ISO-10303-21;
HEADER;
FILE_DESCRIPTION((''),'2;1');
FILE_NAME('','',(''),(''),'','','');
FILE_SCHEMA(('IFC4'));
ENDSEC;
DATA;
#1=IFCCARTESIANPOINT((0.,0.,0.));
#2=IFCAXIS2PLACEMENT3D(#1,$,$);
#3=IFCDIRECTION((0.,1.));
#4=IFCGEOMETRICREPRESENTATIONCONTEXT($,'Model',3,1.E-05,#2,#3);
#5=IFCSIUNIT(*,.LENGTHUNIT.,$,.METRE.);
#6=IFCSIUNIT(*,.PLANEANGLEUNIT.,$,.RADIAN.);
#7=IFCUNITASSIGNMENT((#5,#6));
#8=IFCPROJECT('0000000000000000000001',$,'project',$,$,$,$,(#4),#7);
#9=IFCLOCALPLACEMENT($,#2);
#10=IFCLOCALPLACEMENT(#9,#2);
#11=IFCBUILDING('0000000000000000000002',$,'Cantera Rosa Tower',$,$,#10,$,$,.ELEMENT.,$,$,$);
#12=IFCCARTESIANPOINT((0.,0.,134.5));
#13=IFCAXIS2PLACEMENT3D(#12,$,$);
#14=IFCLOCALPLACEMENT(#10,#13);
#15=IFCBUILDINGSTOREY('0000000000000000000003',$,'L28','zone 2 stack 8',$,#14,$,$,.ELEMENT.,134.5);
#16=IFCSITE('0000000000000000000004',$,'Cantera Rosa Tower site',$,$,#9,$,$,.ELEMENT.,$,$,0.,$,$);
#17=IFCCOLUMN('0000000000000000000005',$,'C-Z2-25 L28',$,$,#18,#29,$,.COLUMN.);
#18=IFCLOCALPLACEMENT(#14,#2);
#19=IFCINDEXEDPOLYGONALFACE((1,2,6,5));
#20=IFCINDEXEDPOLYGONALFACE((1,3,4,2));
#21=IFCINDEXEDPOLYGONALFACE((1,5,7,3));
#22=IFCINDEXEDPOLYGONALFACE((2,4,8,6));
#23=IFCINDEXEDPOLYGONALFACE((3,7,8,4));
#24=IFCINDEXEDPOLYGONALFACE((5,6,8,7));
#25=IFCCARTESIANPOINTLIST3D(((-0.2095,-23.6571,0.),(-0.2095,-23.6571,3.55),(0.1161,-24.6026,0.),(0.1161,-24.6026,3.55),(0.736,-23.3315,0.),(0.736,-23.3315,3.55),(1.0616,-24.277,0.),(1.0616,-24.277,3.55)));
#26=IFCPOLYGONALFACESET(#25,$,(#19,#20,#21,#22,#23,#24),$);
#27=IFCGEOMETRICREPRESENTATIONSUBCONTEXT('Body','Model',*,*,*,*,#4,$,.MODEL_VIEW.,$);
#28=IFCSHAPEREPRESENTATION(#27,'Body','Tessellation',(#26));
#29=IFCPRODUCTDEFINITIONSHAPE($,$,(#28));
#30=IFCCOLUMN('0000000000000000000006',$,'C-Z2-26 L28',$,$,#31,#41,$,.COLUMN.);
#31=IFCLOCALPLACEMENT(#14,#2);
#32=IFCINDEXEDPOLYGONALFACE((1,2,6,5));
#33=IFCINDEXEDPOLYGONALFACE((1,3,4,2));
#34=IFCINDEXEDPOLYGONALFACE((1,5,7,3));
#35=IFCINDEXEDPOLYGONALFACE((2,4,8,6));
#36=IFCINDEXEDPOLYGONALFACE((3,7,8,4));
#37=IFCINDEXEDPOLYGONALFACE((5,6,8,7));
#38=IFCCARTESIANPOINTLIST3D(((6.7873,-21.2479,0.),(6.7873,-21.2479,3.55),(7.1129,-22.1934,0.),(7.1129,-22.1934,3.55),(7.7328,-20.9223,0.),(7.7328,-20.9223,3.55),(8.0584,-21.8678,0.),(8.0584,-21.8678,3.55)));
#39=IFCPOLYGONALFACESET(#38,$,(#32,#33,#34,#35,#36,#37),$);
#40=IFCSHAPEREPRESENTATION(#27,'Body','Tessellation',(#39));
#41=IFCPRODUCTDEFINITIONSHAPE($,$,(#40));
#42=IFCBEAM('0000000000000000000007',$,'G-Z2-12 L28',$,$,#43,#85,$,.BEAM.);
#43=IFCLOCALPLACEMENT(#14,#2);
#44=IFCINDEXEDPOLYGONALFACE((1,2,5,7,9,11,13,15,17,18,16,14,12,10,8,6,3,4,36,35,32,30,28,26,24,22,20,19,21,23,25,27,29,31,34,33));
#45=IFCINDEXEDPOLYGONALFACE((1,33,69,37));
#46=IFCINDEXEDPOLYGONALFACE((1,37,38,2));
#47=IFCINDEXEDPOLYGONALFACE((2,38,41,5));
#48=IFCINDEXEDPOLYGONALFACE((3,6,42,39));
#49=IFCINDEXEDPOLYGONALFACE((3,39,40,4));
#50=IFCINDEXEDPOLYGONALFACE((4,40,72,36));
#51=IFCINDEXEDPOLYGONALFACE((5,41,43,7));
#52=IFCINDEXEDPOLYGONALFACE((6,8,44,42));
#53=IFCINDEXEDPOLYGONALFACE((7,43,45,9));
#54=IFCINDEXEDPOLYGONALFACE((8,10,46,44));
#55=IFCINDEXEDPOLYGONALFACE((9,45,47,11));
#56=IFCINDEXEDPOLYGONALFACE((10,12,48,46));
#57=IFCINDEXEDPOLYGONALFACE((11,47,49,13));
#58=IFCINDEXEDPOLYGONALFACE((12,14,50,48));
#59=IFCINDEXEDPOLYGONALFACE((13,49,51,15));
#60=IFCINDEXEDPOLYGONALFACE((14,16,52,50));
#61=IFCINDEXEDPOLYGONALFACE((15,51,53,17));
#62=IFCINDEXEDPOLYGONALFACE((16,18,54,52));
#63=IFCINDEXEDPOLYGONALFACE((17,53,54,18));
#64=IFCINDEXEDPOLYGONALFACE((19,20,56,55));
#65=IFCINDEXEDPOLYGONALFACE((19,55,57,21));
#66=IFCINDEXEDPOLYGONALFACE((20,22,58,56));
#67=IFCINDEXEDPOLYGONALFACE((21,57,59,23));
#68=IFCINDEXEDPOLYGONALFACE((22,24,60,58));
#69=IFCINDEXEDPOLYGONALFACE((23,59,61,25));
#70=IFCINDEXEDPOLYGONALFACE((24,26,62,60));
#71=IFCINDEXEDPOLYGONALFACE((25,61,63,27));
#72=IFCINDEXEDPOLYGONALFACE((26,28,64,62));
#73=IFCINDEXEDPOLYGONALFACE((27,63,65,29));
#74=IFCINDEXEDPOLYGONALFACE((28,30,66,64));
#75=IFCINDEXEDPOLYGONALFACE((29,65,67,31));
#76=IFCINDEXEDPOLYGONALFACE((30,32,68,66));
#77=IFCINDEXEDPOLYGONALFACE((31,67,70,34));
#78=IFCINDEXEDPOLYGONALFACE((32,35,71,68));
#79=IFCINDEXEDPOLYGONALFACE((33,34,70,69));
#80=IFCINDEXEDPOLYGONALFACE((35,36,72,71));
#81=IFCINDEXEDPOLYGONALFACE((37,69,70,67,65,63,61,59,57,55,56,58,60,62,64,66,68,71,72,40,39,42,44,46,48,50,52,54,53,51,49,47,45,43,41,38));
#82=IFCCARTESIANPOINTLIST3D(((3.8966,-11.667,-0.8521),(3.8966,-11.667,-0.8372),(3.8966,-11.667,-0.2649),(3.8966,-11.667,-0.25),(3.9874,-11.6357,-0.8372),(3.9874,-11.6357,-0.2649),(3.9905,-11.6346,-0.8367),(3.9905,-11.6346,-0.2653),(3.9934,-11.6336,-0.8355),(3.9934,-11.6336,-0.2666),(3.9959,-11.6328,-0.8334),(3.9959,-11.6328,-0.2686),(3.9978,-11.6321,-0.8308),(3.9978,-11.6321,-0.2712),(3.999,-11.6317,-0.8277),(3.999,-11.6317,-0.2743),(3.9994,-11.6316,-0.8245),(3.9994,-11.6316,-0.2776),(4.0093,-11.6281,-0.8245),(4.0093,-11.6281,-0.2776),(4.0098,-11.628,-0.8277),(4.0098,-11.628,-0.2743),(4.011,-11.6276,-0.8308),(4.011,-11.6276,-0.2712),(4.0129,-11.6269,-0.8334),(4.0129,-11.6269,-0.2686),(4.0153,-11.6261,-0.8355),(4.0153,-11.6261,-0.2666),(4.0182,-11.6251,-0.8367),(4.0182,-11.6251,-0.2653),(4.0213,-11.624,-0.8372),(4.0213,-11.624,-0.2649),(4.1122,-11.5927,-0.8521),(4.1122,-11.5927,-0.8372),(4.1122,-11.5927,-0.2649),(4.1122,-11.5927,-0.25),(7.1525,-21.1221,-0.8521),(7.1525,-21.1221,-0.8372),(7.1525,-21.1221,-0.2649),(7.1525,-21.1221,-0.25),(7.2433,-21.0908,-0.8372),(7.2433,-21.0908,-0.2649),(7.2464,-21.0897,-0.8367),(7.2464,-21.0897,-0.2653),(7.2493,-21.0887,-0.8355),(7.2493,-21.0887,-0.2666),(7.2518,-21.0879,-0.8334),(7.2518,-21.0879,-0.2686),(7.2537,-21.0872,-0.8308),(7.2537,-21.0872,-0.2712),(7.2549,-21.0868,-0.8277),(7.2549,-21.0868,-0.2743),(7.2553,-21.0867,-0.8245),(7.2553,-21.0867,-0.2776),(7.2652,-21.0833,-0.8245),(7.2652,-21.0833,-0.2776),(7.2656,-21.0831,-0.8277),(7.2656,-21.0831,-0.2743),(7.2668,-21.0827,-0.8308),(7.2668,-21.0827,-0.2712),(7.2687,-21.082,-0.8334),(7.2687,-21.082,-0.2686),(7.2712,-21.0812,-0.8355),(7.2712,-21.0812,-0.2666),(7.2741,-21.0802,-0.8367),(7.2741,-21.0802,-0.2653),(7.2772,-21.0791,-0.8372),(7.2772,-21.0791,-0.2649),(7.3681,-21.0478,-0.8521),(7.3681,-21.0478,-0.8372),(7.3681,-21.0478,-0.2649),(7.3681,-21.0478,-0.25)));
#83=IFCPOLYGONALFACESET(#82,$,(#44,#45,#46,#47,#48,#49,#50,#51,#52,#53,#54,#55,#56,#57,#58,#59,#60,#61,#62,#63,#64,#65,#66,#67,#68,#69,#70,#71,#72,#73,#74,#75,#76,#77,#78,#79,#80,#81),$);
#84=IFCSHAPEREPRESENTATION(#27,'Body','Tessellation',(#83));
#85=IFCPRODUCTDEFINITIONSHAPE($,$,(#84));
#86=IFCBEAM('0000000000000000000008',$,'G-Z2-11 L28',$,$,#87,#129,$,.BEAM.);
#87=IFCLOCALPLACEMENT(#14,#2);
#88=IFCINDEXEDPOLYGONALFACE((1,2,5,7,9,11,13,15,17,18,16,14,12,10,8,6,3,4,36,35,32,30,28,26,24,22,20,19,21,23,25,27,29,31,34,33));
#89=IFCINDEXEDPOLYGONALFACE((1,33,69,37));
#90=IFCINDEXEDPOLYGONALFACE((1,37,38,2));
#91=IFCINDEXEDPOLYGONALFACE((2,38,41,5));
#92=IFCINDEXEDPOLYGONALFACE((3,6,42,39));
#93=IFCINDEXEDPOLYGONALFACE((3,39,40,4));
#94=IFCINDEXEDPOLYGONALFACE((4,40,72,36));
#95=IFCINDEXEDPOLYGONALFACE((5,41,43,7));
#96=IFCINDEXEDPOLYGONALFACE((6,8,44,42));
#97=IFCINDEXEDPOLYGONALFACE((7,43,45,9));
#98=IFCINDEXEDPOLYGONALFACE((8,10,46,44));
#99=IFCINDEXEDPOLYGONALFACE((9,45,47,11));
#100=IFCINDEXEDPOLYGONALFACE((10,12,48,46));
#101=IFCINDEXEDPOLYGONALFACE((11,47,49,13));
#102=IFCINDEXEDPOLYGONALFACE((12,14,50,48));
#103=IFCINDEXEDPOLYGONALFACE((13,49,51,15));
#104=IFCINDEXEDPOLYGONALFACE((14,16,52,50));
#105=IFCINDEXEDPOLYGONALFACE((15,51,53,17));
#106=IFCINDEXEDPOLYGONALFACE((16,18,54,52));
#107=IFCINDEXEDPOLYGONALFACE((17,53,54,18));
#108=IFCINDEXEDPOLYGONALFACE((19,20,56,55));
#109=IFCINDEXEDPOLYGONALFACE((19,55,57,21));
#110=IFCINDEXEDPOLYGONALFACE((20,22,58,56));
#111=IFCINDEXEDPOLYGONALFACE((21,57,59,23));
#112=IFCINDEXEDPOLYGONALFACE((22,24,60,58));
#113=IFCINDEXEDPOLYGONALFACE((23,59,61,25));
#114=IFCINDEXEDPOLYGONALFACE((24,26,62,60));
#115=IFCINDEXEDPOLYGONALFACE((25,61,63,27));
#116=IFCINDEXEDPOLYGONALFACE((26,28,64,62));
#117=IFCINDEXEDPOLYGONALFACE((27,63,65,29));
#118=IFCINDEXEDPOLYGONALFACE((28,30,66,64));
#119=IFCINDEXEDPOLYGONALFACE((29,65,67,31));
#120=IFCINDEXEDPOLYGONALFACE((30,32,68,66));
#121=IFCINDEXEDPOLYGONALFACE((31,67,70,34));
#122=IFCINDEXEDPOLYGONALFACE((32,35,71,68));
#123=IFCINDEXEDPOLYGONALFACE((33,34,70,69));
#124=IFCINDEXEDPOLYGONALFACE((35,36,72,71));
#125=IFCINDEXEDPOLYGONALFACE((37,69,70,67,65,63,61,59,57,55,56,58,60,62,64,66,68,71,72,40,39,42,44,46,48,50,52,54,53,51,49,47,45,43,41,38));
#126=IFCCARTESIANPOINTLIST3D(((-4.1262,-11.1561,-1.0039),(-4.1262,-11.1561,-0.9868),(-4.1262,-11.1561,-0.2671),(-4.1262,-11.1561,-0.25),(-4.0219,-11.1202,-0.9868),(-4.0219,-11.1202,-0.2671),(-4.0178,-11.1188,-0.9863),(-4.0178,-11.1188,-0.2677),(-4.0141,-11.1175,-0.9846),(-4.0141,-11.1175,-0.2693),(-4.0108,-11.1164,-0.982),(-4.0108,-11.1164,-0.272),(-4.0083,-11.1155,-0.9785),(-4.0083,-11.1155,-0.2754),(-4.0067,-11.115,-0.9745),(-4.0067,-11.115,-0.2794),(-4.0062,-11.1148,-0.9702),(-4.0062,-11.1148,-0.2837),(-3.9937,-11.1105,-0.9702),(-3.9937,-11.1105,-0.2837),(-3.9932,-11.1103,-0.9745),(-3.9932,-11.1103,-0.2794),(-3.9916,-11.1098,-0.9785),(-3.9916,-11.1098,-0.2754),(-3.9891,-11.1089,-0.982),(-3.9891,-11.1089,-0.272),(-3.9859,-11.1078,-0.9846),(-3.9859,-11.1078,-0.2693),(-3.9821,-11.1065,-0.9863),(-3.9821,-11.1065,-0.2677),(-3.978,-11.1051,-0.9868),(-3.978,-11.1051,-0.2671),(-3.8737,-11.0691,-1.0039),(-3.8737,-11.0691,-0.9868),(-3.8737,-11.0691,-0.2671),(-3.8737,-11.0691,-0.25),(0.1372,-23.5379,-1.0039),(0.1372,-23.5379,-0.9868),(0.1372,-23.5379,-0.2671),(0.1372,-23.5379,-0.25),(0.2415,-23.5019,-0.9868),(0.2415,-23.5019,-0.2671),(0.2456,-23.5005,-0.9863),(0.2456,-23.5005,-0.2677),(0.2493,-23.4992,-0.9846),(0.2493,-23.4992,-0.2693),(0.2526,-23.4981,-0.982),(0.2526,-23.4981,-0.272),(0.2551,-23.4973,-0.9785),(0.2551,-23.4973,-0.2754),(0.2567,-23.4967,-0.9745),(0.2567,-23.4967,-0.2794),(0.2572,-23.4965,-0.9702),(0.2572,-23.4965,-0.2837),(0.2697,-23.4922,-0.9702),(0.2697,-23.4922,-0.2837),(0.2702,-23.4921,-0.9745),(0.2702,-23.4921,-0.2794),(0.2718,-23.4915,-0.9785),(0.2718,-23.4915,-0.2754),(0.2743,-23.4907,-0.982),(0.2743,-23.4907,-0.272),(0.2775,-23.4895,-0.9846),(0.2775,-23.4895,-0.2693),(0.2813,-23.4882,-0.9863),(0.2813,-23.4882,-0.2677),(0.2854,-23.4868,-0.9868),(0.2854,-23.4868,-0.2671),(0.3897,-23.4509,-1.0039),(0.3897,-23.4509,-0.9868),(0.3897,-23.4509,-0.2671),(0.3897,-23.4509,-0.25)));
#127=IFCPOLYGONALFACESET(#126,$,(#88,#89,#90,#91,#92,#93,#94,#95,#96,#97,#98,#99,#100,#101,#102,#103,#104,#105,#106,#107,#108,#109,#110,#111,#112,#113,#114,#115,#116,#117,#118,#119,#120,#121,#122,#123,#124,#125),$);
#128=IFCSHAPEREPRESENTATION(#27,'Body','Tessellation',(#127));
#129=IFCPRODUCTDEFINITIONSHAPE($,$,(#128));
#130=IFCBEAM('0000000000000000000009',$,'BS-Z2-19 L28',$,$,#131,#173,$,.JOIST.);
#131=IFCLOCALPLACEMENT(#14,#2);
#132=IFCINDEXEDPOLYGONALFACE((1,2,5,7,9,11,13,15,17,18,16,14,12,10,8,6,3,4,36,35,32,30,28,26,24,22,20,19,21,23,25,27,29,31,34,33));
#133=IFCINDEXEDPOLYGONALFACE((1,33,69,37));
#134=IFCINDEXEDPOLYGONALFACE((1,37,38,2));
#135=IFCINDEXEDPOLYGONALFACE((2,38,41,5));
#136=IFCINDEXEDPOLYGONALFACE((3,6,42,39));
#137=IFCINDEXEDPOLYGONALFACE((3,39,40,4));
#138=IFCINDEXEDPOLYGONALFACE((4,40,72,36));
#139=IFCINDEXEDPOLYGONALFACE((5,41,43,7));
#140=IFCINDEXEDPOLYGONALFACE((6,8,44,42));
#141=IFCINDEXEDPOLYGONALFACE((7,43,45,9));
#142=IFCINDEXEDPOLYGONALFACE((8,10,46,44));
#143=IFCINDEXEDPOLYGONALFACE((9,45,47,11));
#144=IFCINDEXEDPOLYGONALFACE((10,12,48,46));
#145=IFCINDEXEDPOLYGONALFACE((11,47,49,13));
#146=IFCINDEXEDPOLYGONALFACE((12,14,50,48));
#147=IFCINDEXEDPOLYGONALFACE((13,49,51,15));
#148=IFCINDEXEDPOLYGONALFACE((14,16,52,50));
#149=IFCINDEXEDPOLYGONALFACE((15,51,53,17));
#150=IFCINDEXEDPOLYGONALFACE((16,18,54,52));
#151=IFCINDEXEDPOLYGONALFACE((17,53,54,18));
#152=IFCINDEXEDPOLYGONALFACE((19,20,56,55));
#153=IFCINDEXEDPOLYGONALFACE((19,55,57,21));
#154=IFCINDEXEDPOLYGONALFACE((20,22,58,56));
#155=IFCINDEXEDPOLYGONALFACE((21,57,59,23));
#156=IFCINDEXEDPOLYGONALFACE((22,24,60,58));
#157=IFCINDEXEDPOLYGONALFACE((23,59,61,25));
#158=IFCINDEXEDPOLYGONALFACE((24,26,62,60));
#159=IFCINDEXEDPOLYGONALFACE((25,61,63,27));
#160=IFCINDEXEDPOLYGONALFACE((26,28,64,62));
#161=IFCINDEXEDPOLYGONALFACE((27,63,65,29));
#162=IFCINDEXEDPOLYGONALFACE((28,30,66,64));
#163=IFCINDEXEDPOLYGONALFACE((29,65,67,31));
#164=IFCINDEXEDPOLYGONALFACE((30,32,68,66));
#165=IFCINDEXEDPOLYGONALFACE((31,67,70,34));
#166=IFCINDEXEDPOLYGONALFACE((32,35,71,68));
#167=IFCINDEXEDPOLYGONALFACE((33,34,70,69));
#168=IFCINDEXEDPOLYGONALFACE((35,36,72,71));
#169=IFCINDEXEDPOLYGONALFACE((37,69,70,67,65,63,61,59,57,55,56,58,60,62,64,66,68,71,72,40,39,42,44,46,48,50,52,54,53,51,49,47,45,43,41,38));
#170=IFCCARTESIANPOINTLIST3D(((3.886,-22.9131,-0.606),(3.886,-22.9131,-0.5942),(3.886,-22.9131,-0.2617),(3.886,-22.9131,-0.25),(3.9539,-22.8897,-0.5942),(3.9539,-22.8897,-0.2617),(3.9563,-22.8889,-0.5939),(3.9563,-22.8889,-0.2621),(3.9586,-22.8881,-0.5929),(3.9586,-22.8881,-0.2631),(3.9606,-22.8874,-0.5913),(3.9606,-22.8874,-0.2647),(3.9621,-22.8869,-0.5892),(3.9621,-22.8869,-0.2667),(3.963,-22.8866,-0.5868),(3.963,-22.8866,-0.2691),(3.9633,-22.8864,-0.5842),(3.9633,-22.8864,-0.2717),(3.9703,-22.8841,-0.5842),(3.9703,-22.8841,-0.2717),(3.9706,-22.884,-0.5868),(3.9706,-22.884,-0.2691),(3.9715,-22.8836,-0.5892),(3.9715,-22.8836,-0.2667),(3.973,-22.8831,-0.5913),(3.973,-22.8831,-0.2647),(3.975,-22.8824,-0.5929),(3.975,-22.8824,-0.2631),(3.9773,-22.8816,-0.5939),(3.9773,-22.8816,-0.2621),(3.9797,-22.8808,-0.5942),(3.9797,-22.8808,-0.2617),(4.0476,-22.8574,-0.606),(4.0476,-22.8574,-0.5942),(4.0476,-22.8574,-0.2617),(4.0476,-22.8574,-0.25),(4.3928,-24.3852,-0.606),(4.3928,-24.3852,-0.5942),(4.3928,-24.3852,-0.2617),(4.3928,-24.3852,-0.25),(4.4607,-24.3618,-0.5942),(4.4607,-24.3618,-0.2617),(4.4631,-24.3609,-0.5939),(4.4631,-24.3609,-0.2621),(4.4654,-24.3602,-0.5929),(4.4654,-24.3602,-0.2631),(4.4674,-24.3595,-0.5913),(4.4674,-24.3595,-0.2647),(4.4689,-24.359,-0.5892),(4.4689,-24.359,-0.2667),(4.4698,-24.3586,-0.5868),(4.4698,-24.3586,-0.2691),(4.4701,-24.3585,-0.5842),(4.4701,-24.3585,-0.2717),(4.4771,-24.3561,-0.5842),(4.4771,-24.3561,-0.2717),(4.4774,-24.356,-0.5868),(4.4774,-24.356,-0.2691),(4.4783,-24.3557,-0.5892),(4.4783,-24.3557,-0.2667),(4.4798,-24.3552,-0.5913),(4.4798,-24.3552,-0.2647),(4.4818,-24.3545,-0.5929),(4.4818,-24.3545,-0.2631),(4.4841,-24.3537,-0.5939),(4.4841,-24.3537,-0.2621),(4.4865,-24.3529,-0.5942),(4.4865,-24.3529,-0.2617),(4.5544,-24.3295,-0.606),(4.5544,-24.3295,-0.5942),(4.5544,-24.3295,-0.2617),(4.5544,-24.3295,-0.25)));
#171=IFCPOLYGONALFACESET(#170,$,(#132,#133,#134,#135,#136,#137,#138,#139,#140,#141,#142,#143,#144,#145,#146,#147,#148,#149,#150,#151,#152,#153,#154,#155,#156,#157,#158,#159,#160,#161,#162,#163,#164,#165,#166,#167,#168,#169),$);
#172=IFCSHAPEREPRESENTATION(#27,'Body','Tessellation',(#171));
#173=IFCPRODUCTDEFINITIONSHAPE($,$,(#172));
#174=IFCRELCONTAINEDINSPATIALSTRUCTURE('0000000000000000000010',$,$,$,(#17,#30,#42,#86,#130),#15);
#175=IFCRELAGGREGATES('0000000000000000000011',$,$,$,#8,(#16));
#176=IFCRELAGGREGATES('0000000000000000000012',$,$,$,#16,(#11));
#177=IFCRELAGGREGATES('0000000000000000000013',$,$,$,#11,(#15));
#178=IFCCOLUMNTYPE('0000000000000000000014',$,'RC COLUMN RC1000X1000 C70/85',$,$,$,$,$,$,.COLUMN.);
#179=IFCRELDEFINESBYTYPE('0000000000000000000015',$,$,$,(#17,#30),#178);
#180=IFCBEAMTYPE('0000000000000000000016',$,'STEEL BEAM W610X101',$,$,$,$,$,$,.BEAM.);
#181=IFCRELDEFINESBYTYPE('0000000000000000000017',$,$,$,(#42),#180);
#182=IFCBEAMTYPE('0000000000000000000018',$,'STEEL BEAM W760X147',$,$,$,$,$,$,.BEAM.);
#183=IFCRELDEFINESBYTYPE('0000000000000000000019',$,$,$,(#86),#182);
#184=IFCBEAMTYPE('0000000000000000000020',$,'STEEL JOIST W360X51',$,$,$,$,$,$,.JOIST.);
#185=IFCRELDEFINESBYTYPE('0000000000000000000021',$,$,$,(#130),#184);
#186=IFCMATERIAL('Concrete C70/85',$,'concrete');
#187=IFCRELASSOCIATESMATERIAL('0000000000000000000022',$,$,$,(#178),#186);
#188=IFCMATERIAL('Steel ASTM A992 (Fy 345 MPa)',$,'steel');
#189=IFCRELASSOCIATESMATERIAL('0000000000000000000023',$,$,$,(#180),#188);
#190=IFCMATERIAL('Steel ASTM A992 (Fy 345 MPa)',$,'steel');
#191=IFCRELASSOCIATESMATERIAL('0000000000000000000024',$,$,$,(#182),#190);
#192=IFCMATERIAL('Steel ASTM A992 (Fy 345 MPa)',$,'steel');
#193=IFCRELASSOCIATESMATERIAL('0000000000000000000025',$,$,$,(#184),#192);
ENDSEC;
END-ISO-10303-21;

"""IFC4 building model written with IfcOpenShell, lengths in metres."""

from ifc_helpers import new_model, si_unit, direction, frame, origin, origin_2d, place, context, subcontext, project, spatial, rectangle, i_section, extrude, material, material_profile, profile_set, type_object, element, save


model = new_model("IFC4")

# Units and contexts
model_context = context("Model", 3, precision=1e-05, world=origin(), true_north=direction((0.0, 1.0)))
body_context = subcontext(model_context, "Body", "Model", "MODEL_VIEW")
ifc_project = project(units=[si_unit("LENGTHUNIT", "METRE"), si_unit("PLANEANGLEUNIT", "RADIAN")], contexts=[model_context])

# Site, building, storey
site_placement = place(None, origin())
site = spatial("IfcSite", under=ifc_project, at=site_placement, Name="Cantera Rosa Tower site", CompositionType="ELEMENT", RefElevation=0.0)
building_placement = place(site_placement, origin())
building = spatial("IfcBuilding", under=site, at=building_placement, Name="Cantera Rosa Tower", CompositionType="ELEMENT")
storey_placement = place(building_placement, frame((0.0, 0.0, 134.5)))
storey = spatial("IfcBuildingStorey", under=building, at=storey_placement, Name="L28", Description="zone 2 stack 8", CompositionType="ELEMENT", Elevation=134.5)

# Columns
ifc_material_1 = material(Name="Concrete C70/85", Category="concrete")
ifc_material_profile_1 = material_profile(ifc_material_1, rectangle(XDim=1.0, YDim=1.0, at=origin_2d()), Name="RC COLUMN RC1000X1000 C70/85")
ifc_profile_set_1 = profile_set([ifc_material_profile_1], Name="Concrete C70/85")
column_type = type_object("IfcColumnType", Name="RC COLUMN RC1000X1000 C70/85", PredefinedType="COLUMN", material=ifc_profile_set_1)
for number, where, z_axis, x_axis, name in (
    (1, (0.426, -23.967, 0.0), (0.0, 0.0, 1.0), (0.945519, 0.325568, 0.0), "C-Z2-25 L28"),
    (2, (7.4229, -21.5579, 0.0), (0.0, 0.0, 1.0), (0.945519, 0.325568, 0.0), "C-Z2-26 L28"),
):
    element("IfcColumn", number, at=place(storey_placement, frame(where, z_axis=z_axis, x_axis=x_axis)), inside=storey, type_object=column_type, Name=name, PredefinedType="COLUMN", context=body_context, shape_type="SweptSolid", body=[
        extrude(rectangle(XDim=1.0, YDim=1.0, at=origin_2d()), origin(), (0.0, 0.0, 1.0), 3.55),
    ])

# Beams
ifc_material_2 = material(Name="Steel ASTM A992 (Fy 345 MPa)", Category="steel")
ifc_material_profile_2 = material_profile(ifc_material_2, i_section(OverallWidth=0.228, OverallDepth=0.6021, WebThickness=0.0105, FlangeThickness=0.0149, FilletRadius=0.0127, at=origin_2d()), Name="W610X101")
ifc_profile_set_2 = profile_set([ifc_material_profile_2], Name="Steel ASTM A992 (Fy 345 MPa)")
beam_type_1 = type_object("IfcBeamType", Name="STEEL BEAM W610X101", PredefinedType="BEAM", material=ifc_profile_set_2)
beam_1_placement = place(storey_placement, frame((7.2603, -21.085, -0.551), z_axis=(-0.325587, 0.945512, 0.0), x_axis=(-0.945512, -0.325587, 0.0)))
element("IfcBeam", 3, at=beam_1_placement, inside=storey, type_object=beam_type_1, Name="G-Z2-12 L28", PredefinedType="BEAM", context=body_context, shape_type="SweptSolid", body=[
    extrude(i_section(OverallWidth=0.228, OverallDepth=0.6021, WebThickness=0.0105, FlangeThickness=0.0149, FilletRadius=0.0127, at=origin_2d()), origin(), (0.0, 0.0, 1.0), 10.0),
])
ifc_material_3 = material(Name="Steel ASTM A992 (Fy 345 MPa)", Category="steel")
ifc_material_profile_3 = material_profile(ifc_material_3, i_section(OverallWidth=0.2671, OverallDepth=0.7539, WebThickness=0.0132, FlangeThickness=0.0171, FilletRadius=0.0166, at=origin_2d()), Name="W760X147")
ifc_profile_set_3 = profile_set([ifc_material_profile_3], Name="Steel ASTM A992 (Fy 345 MPa)")
beam_type_2 = type_object("IfcBeamType", Name="STEEL BEAM W760X147", PredefinedType="BEAM", material=ifc_profile_set_3)
beam_2_placement = place(storey_placement, frame((0.2634, -23.4944, -0.627), z_axis=(-0.32557, 0.945518, 0.0), x_axis=(-0.945518, -0.32557, 0.0)))
element("IfcBeam", 4, at=beam_2_placement, inside=storey, type_object=beam_type_2, Name="G-Z2-11 L28", PredefinedType="BEAM", context=body_context, shape_type="SweptSolid", body=[
    extrude(i_section(OverallWidth=0.2671, OverallDepth=0.7539, WebThickness=0.0132, FlangeThickness=0.0171, FilletRadius=0.0166, at=origin_2d()), origin(), (0.0, 0.0, 1.0), 13.0952),
])
ifc_material_4 = material(Name="Steel ASTM A992 (Fy 345 MPa)", Category="steel")
ifc_material_profile_4 = material_profile(ifc_material_4, i_section(OverallWidth=0.1709, OverallDepth=0.356, WebThickness=0.0073, FlangeThickness=0.0117, FilletRadius=0.01, at=origin_2d()), Name="W360X51")
ifc_profile_set_4 = profile_set([ifc_material_profile_4], Name="Steel ASTM A992 (Fy 345 MPa)")
beam_type_3 = type_object("IfcBeamType", Name="STEEL JOIST W360X51", PredefinedType="JOIST", material=ifc_profile_set_4)
beam_3_placement = place(storey_placement, frame((3.9668, -22.8853, -0.428), z_axis=(0.325527, -0.945533, 0.0), x_axis=(0.945533, 0.325527, 0.0)))
element("IfcBeam", 5, at=beam_3_placement, inside=storey, type_object=beam_type_3, Name="BS-Z2-19 L28", PredefinedType="JOIST", context=body_context, shape_type="SweptSolid", body=[
    extrude(i_section(OverallWidth=0.1709, OverallDepth=0.356, WebThickness=0.0073, FlangeThickness=0.0117, FilletRadius=0.01, at=origin_2d()), origin(), (0.0, 0.0, 1.0), 1.5569),
])

save(model, "model.ifc")
